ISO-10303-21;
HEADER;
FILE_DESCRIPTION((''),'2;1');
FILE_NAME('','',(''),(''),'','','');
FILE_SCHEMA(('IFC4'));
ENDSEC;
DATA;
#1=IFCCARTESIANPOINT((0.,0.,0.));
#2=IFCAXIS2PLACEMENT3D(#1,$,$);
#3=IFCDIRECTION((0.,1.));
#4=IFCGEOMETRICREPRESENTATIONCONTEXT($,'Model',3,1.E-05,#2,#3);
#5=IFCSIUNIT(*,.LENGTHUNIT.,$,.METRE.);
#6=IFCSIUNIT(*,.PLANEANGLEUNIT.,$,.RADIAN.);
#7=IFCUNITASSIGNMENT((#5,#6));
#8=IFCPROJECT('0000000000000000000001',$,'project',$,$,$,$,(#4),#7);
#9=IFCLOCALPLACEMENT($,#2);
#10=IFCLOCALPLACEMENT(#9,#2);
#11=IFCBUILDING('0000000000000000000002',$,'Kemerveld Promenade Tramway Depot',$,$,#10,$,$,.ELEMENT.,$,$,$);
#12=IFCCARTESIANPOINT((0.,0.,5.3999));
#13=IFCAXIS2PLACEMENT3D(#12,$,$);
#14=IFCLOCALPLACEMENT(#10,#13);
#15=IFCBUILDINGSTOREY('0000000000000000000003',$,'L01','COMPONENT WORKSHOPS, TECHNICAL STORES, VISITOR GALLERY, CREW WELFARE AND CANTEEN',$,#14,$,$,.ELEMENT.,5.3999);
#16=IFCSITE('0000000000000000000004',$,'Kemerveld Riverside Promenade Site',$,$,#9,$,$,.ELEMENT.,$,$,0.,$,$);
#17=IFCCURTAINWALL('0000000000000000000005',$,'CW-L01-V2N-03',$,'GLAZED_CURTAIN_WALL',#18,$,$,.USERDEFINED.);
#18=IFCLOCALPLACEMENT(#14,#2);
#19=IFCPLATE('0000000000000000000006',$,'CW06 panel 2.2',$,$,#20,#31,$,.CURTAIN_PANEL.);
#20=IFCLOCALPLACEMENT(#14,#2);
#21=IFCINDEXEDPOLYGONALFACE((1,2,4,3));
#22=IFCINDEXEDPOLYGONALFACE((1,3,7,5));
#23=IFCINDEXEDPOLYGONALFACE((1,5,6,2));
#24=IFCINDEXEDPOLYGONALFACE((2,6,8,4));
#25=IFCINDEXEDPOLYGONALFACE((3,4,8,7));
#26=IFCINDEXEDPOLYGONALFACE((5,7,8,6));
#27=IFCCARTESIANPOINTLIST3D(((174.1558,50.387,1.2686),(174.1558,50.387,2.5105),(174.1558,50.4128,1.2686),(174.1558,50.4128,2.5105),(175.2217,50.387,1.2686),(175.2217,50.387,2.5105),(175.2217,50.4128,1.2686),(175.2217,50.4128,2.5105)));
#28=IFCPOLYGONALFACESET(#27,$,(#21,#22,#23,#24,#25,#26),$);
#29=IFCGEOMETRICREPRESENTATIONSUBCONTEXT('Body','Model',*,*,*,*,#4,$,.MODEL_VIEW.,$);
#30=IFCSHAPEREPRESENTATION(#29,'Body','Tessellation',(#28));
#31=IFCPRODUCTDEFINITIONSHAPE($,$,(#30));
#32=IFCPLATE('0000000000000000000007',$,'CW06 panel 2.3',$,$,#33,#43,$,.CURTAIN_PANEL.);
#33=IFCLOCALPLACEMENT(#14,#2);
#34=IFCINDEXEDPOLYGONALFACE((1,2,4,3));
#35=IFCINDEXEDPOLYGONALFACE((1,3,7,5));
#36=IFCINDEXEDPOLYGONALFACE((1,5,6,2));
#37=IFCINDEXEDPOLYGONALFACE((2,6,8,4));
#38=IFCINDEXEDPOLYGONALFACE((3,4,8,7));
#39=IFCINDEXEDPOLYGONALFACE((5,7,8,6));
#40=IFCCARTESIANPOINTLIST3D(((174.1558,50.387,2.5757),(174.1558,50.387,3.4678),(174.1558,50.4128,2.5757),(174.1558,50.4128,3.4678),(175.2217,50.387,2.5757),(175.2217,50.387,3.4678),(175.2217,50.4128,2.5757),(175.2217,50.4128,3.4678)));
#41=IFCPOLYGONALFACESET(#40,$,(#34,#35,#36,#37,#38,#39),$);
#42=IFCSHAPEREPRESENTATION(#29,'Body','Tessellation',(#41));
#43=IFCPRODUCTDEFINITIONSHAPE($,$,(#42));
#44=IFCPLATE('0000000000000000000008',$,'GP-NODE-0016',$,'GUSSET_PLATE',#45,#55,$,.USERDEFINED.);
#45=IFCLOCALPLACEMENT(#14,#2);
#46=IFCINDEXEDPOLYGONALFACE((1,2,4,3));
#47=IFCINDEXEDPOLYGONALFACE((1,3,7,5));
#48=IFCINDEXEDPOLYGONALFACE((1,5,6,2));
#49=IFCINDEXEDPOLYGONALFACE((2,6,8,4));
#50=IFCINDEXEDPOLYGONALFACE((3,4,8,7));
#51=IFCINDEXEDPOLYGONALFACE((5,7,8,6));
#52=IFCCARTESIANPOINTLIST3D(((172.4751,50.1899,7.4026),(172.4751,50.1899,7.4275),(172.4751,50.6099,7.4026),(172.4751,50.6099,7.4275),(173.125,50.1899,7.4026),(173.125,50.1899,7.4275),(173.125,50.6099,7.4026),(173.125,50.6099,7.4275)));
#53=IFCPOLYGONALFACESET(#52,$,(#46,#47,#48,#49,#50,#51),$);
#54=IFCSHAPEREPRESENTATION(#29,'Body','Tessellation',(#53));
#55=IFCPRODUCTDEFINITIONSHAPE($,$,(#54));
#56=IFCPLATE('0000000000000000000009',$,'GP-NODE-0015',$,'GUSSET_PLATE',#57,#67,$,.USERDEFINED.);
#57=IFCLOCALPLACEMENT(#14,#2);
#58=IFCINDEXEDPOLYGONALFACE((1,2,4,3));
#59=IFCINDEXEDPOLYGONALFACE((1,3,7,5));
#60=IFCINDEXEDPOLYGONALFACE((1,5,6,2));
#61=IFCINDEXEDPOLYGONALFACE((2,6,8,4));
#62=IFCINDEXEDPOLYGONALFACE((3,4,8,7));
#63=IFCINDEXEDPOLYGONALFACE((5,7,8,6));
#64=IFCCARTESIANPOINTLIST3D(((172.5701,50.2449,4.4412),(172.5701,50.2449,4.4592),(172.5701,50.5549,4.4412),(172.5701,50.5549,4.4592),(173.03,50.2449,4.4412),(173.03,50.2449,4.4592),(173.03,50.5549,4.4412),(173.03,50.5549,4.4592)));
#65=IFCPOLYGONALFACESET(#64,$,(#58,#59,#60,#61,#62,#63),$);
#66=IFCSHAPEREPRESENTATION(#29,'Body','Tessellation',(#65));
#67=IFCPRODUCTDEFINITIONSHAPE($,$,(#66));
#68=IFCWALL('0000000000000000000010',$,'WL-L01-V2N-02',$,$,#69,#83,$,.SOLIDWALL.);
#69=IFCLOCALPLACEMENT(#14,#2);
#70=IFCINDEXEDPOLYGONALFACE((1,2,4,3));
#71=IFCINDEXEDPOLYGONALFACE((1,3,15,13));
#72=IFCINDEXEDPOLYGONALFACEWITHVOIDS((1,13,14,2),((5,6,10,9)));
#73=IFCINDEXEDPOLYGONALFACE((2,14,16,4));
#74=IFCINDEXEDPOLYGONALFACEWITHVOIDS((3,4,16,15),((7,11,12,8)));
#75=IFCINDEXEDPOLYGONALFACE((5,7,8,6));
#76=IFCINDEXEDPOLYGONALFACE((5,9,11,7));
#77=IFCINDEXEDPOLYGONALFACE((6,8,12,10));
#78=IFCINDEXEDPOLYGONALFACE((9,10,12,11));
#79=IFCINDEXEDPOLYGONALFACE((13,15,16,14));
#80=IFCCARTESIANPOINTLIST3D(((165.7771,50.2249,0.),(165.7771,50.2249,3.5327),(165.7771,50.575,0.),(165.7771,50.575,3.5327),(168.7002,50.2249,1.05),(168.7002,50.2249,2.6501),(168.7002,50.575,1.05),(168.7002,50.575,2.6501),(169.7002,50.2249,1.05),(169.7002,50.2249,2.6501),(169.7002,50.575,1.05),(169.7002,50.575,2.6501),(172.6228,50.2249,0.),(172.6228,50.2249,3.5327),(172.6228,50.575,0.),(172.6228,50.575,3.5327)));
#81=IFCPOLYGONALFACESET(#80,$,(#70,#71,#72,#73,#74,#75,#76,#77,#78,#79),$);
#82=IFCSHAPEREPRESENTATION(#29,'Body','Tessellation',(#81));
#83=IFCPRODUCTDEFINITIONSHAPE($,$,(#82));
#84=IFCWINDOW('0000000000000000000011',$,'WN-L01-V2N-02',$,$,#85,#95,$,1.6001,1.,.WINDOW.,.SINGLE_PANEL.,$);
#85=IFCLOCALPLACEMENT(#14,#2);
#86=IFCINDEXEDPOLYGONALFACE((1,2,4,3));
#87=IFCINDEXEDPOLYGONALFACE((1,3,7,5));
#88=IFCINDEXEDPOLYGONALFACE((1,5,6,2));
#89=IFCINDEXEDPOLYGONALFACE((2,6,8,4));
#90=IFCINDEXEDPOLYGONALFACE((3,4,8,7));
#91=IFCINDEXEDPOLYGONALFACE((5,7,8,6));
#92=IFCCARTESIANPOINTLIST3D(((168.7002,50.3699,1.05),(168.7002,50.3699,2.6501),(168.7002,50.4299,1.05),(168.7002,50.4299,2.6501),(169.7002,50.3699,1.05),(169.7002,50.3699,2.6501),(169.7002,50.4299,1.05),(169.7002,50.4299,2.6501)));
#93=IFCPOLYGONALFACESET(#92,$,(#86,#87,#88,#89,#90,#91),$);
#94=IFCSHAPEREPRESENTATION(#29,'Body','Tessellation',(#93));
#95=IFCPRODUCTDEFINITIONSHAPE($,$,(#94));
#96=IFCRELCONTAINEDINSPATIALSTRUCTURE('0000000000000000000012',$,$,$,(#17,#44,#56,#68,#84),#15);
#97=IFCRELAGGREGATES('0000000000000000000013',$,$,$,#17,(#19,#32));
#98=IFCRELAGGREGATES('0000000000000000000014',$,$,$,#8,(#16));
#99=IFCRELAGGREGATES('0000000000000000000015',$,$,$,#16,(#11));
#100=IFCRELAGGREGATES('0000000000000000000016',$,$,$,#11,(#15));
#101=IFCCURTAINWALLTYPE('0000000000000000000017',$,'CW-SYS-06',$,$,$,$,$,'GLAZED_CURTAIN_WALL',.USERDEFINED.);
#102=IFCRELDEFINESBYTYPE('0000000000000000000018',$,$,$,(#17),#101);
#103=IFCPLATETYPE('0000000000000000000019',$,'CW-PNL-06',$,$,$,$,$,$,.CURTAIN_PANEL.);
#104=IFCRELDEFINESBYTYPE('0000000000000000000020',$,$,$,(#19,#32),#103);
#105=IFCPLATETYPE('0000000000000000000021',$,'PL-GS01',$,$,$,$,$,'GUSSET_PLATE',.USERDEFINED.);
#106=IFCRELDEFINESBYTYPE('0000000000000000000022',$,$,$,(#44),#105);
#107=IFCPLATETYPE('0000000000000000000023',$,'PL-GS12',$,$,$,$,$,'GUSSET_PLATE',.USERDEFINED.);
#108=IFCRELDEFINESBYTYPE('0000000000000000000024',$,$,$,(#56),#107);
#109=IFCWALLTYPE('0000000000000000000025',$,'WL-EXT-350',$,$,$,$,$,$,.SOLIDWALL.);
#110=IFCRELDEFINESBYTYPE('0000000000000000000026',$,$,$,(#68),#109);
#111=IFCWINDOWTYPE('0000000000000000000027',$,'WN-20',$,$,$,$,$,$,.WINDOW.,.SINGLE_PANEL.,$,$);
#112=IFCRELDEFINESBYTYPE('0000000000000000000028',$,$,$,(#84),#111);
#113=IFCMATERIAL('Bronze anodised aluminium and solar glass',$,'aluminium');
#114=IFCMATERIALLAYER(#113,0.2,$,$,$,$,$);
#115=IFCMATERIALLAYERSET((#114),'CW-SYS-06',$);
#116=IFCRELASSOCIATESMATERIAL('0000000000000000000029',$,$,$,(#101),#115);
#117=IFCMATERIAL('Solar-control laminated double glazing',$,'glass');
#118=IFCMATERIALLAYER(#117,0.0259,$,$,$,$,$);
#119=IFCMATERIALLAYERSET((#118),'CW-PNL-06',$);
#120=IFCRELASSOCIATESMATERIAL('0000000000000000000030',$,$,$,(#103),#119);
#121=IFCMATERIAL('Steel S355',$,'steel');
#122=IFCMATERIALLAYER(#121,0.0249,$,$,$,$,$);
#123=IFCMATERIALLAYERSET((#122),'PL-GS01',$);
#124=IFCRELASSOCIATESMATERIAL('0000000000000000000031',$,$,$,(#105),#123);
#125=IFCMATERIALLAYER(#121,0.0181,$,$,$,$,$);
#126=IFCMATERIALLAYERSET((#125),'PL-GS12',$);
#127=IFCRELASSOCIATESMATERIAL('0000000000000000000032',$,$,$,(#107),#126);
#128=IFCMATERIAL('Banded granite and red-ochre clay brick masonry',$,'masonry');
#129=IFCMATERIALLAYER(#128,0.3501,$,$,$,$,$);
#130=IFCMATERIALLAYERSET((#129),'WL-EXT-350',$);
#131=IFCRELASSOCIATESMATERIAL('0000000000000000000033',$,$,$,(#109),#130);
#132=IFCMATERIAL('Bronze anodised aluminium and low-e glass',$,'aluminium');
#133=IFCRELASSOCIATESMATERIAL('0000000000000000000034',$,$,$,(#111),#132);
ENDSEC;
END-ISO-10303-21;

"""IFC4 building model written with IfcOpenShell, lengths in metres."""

from ifc_helpers import new_model, si_unit, direction, frame, frame_2d, origin, origin_2d, place, context, subcontext, project, spatial, rectangle, extrude, material, layer, layer_set, type_object, element, fill, aggregate, save


model = new_model("IFC4")

# Units and contexts
model_context = context("Model", 3, precision=1e-05, world=origin(), true_north=direction((0.0, 1.0)))
body_context = subcontext(model_context, "Body", "Model", "MODEL_VIEW")
ifc_project = project(units=[si_unit("LENGTHUNIT", "METRE"), si_unit("PLANEANGLEUNIT", "RADIAN")], contexts=[model_context])

# Site, building, storey
site_placement = place(None, origin())
site = spatial("IfcSite", under=ifc_project, at=site_placement, Name="Kemerveld Riverside Promenade Site", CompositionType="ELEMENT", RefElevation=0.0)
building_placement = place(site_placement, origin())
building = spatial("IfcBuilding", under=site, at=building_placement, Name="Kemerveld Promenade Tramway Depot", CompositionType="ELEMENT")
storey_placement = place(building_placement, frame((0.0, 0.0, 5.3999)))
storey = spatial("IfcBuildingStorey", under=building, at=storey_placement, Name="L01", Description="COMPONENT WORKSHOPS, TECHNICAL STORES, VISITOR GALLERY, CREW WELFARE AND CANTEEN", CompositionType="ELEMENT", Elevation=5.3999)

# Shared definitions
ifc_material_1 = material(Name="Steel S355", Category="steel")

# Curtain wall
ifc_material_2 = material(Name="Bronze anodised aluminium and solar glass", Category="aluminium")
ifc_layer_1 = layer(ifc_material_2, 0.2)
ifc_layer_set_1 = layer_set([ifc_layer_1], Name="CW-SYS-06")
curtain_wall_type = type_object("IfcCurtainWallType", Name="CW-SYS-06", ElementType="GLAZED_CURTAIN_WALL", PredefinedType="USERDEFINED", material=ifc_layer_set_1)
curtain_wall_placement = place(storey_placement, origin())
curtain_wall = element("IfcCurtainWall", 1, at=curtain_wall_placement, inside=storey, type_object=curtain_wall_type, Name="CW-L01-V2N-03", ObjectType="GLAZED_CURTAIN_WALL", PredefinedType="USERDEFINED")

# Plates
ifc_material_3 = material(Name="Solar-control laminated double glazing", Category="glass")
ifc_layer_2 = layer(ifc_material_3, 0.0259)
ifc_layer_set_2 = layer_set([ifc_layer_2], Name="CW-PNL-06")
plate_type_1 = type_object("IfcPlateType", Name="CW-PNL-06", PredefinedType="CURTAIN_PANEL", material=ifc_layer_set_2)
plate_1_placement = place(storey_placement, frame((174.6887, 50.3999, 1.2686), z_axis=(0.0, 0.0, 1.0), x_axis=(1.0, 0.0, 0.0)))
plate_1 = element("IfcPlate", 2, at=plate_1_placement, type_object=plate_type_1, Name="CW06 panel 2.2", PredefinedType="CURTAIN_PANEL", context=body_context, shape_type="SweptSolid", body=[
    extrude(rectangle(XDim=1.0659, YDim=0.0259, at=origin_2d()), origin(), (0.0, 0.0, 1.0), 1.2419),
])
plate_2_placement = place(storey_placement, frame((174.6887, 50.3999, 2.5757), z_axis=(0.0, 0.0, 1.0), x_axis=(1.0, 0.0, 0.0)))
plate_2 = element("IfcPlate", 3, at=plate_2_placement, type_object=plate_type_1, Name="CW06 panel 2.3", PredefinedType="CURTAIN_PANEL", context=body_context, shape_type="SweptSolid", body=[
    extrude(rectangle(XDim=1.0659, YDim=0.0259, at=origin_2d()), origin(), (0.0, 0.0, 1.0), 0.8921),
])
aggregate(curtain_wall, [plate_1, plate_2])

# Plates
ifc_layer_3 = layer(ifc_material_1, 0.0249)
ifc_layer_set_3 = layer_set([ifc_layer_3], Name="PL-GS01")
plate_type_2 = type_object("IfcPlateType", Name="PL-GS01", ElementType="GUSSET_PLATE", PredefinedType="USERDEFINED", material=ifc_layer_set_3)
plate_3_placement = place(storey_placement, frame((172.8, 50.3999, 7.4026), z_axis=(0.0, 0.0, 1.0), x_axis=(1.0, 0.0, 0.0)))
element("IfcPlate", 4, at=plate_3_placement, inside=storey, type_object=plate_type_2, Name="GP-NODE-0016", ObjectType="GUSSET_PLATE", PredefinedType="USERDEFINED", context=body_context, shape_type="SweptSolid", body=[
    extrude(rectangle(XDim=0.6499, YDim=0.4199, at=origin_2d()), origin(), (0.0, 0.0, 1.0), 0.0249),
])
ifc_layer_4 = layer(ifc_material_1, 0.0181)
ifc_layer_set_4 = layer_set([ifc_layer_4], Name="PL-GS12")
plate_type_3 = type_object("IfcPlateType", Name="PL-GS12", ElementType="GUSSET_PLATE", PredefinedType="USERDEFINED", material=ifc_layer_set_4)
plate_4_placement = place(storey_placement, frame((172.8, 50.3999, 4.4412), z_axis=(0.0, 0.0, 1.0), x_axis=(1.0, 0.0, 0.0)))
element("IfcPlate", 5, at=plate_4_placement, inside=storey, type_object=plate_type_3, Name="GP-NODE-0015", ObjectType="GUSSET_PLATE", PredefinedType="USERDEFINED", context=body_context, shape_type="SweptSolid", body=[
    extrude(rectangle(XDim=0.46, YDim=0.3101, at=origin_2d()), origin(), (0.0, 0.0, 1.0), 0.0181),
])

# Wall, opening, window
ifc_material_4 = material(Name="Banded granite and red-ochre clay brick masonry", Category="masonry")
ifc_layer_5 = layer(ifc_material_4, 0.3501)
ifc_layer_set_5 = layer_set([ifc_layer_5], Name="WL-EXT-350")
wall_type = type_object("IfcWallType", Name="WL-EXT-350", PredefinedType="SOLIDWALL", material=ifc_layer_set_5)
wall_placement = place(storey_placement, frame((165.7771, 50.3999, 0.0), z_axis=(0.0, 0.0, 1.0), x_axis=(1.0, 0.0, 0.0)))
wall = element("IfcWall", 6, at=wall_placement, inside=storey, type_object=wall_type, Name="WL-L01-V2N-02", PredefinedType="SOLIDWALL", context=body_context, shape_type="SweptSolid", body=[
    extrude(rectangle(XDim=6.8457, YDim=0.3501, at=frame_2d((3.4229, 0.0))), origin(), (0.0, 0.0, 1.0), 3.5327),
])
opening_placement = place(wall_placement, frame((2.9231, 0.0, 1.05)))
opening = element("IfcOpeningElement", 7, at=opening_placement, cuts=wall, PredefinedType="OPENING", context=body_context, shape_type="SweptSolid", body=[
    extrude(rectangle(XDim=1.0, YDim=1.6001, at=frame_2d((0.5, 0.8))), frame((0.0, 0.1851, 0.0), z_axis=(0.0, -1.0, 0.0), x_axis=(1.0, 0.0, 0.0)), (0.0, 0.0, 1.0), 0.3701),
])
ifc_material_5 = material(Name="Bronze anodised aluminium and low-e glass", Category="aluminium")
window_type = type_object("IfcWindowType", Name="WN-20", PartitioningType="SINGLE_PANEL", PredefinedType="WINDOW", material=ifc_material_5)
window_placement = place(opening_placement, origin())
window = element("IfcWindow", 8, at=window_placement, inside=storey, type_object=window_type, Name="WN-L01-V2N-02", OverallHeight=1.6001, OverallWidth=1.0, PartitioningType="SINGLE_PANEL", PredefinedType="WINDOW", context=body_context, shape_type="SweptSolid", body=[
    extrude(rectangle(XDim=1.0, YDim=1.6001, at=frame_2d((0.5, 0.8))), frame((0.0, 0.03, 0.0), z_axis=(0.0, -1.0, 0.0), x_axis=(1.0, 0.0, 0.0)), (0.0, 0.0, 1.0), 0.0601),
])
fill(opening, window)

save(model, "model.ifc")
